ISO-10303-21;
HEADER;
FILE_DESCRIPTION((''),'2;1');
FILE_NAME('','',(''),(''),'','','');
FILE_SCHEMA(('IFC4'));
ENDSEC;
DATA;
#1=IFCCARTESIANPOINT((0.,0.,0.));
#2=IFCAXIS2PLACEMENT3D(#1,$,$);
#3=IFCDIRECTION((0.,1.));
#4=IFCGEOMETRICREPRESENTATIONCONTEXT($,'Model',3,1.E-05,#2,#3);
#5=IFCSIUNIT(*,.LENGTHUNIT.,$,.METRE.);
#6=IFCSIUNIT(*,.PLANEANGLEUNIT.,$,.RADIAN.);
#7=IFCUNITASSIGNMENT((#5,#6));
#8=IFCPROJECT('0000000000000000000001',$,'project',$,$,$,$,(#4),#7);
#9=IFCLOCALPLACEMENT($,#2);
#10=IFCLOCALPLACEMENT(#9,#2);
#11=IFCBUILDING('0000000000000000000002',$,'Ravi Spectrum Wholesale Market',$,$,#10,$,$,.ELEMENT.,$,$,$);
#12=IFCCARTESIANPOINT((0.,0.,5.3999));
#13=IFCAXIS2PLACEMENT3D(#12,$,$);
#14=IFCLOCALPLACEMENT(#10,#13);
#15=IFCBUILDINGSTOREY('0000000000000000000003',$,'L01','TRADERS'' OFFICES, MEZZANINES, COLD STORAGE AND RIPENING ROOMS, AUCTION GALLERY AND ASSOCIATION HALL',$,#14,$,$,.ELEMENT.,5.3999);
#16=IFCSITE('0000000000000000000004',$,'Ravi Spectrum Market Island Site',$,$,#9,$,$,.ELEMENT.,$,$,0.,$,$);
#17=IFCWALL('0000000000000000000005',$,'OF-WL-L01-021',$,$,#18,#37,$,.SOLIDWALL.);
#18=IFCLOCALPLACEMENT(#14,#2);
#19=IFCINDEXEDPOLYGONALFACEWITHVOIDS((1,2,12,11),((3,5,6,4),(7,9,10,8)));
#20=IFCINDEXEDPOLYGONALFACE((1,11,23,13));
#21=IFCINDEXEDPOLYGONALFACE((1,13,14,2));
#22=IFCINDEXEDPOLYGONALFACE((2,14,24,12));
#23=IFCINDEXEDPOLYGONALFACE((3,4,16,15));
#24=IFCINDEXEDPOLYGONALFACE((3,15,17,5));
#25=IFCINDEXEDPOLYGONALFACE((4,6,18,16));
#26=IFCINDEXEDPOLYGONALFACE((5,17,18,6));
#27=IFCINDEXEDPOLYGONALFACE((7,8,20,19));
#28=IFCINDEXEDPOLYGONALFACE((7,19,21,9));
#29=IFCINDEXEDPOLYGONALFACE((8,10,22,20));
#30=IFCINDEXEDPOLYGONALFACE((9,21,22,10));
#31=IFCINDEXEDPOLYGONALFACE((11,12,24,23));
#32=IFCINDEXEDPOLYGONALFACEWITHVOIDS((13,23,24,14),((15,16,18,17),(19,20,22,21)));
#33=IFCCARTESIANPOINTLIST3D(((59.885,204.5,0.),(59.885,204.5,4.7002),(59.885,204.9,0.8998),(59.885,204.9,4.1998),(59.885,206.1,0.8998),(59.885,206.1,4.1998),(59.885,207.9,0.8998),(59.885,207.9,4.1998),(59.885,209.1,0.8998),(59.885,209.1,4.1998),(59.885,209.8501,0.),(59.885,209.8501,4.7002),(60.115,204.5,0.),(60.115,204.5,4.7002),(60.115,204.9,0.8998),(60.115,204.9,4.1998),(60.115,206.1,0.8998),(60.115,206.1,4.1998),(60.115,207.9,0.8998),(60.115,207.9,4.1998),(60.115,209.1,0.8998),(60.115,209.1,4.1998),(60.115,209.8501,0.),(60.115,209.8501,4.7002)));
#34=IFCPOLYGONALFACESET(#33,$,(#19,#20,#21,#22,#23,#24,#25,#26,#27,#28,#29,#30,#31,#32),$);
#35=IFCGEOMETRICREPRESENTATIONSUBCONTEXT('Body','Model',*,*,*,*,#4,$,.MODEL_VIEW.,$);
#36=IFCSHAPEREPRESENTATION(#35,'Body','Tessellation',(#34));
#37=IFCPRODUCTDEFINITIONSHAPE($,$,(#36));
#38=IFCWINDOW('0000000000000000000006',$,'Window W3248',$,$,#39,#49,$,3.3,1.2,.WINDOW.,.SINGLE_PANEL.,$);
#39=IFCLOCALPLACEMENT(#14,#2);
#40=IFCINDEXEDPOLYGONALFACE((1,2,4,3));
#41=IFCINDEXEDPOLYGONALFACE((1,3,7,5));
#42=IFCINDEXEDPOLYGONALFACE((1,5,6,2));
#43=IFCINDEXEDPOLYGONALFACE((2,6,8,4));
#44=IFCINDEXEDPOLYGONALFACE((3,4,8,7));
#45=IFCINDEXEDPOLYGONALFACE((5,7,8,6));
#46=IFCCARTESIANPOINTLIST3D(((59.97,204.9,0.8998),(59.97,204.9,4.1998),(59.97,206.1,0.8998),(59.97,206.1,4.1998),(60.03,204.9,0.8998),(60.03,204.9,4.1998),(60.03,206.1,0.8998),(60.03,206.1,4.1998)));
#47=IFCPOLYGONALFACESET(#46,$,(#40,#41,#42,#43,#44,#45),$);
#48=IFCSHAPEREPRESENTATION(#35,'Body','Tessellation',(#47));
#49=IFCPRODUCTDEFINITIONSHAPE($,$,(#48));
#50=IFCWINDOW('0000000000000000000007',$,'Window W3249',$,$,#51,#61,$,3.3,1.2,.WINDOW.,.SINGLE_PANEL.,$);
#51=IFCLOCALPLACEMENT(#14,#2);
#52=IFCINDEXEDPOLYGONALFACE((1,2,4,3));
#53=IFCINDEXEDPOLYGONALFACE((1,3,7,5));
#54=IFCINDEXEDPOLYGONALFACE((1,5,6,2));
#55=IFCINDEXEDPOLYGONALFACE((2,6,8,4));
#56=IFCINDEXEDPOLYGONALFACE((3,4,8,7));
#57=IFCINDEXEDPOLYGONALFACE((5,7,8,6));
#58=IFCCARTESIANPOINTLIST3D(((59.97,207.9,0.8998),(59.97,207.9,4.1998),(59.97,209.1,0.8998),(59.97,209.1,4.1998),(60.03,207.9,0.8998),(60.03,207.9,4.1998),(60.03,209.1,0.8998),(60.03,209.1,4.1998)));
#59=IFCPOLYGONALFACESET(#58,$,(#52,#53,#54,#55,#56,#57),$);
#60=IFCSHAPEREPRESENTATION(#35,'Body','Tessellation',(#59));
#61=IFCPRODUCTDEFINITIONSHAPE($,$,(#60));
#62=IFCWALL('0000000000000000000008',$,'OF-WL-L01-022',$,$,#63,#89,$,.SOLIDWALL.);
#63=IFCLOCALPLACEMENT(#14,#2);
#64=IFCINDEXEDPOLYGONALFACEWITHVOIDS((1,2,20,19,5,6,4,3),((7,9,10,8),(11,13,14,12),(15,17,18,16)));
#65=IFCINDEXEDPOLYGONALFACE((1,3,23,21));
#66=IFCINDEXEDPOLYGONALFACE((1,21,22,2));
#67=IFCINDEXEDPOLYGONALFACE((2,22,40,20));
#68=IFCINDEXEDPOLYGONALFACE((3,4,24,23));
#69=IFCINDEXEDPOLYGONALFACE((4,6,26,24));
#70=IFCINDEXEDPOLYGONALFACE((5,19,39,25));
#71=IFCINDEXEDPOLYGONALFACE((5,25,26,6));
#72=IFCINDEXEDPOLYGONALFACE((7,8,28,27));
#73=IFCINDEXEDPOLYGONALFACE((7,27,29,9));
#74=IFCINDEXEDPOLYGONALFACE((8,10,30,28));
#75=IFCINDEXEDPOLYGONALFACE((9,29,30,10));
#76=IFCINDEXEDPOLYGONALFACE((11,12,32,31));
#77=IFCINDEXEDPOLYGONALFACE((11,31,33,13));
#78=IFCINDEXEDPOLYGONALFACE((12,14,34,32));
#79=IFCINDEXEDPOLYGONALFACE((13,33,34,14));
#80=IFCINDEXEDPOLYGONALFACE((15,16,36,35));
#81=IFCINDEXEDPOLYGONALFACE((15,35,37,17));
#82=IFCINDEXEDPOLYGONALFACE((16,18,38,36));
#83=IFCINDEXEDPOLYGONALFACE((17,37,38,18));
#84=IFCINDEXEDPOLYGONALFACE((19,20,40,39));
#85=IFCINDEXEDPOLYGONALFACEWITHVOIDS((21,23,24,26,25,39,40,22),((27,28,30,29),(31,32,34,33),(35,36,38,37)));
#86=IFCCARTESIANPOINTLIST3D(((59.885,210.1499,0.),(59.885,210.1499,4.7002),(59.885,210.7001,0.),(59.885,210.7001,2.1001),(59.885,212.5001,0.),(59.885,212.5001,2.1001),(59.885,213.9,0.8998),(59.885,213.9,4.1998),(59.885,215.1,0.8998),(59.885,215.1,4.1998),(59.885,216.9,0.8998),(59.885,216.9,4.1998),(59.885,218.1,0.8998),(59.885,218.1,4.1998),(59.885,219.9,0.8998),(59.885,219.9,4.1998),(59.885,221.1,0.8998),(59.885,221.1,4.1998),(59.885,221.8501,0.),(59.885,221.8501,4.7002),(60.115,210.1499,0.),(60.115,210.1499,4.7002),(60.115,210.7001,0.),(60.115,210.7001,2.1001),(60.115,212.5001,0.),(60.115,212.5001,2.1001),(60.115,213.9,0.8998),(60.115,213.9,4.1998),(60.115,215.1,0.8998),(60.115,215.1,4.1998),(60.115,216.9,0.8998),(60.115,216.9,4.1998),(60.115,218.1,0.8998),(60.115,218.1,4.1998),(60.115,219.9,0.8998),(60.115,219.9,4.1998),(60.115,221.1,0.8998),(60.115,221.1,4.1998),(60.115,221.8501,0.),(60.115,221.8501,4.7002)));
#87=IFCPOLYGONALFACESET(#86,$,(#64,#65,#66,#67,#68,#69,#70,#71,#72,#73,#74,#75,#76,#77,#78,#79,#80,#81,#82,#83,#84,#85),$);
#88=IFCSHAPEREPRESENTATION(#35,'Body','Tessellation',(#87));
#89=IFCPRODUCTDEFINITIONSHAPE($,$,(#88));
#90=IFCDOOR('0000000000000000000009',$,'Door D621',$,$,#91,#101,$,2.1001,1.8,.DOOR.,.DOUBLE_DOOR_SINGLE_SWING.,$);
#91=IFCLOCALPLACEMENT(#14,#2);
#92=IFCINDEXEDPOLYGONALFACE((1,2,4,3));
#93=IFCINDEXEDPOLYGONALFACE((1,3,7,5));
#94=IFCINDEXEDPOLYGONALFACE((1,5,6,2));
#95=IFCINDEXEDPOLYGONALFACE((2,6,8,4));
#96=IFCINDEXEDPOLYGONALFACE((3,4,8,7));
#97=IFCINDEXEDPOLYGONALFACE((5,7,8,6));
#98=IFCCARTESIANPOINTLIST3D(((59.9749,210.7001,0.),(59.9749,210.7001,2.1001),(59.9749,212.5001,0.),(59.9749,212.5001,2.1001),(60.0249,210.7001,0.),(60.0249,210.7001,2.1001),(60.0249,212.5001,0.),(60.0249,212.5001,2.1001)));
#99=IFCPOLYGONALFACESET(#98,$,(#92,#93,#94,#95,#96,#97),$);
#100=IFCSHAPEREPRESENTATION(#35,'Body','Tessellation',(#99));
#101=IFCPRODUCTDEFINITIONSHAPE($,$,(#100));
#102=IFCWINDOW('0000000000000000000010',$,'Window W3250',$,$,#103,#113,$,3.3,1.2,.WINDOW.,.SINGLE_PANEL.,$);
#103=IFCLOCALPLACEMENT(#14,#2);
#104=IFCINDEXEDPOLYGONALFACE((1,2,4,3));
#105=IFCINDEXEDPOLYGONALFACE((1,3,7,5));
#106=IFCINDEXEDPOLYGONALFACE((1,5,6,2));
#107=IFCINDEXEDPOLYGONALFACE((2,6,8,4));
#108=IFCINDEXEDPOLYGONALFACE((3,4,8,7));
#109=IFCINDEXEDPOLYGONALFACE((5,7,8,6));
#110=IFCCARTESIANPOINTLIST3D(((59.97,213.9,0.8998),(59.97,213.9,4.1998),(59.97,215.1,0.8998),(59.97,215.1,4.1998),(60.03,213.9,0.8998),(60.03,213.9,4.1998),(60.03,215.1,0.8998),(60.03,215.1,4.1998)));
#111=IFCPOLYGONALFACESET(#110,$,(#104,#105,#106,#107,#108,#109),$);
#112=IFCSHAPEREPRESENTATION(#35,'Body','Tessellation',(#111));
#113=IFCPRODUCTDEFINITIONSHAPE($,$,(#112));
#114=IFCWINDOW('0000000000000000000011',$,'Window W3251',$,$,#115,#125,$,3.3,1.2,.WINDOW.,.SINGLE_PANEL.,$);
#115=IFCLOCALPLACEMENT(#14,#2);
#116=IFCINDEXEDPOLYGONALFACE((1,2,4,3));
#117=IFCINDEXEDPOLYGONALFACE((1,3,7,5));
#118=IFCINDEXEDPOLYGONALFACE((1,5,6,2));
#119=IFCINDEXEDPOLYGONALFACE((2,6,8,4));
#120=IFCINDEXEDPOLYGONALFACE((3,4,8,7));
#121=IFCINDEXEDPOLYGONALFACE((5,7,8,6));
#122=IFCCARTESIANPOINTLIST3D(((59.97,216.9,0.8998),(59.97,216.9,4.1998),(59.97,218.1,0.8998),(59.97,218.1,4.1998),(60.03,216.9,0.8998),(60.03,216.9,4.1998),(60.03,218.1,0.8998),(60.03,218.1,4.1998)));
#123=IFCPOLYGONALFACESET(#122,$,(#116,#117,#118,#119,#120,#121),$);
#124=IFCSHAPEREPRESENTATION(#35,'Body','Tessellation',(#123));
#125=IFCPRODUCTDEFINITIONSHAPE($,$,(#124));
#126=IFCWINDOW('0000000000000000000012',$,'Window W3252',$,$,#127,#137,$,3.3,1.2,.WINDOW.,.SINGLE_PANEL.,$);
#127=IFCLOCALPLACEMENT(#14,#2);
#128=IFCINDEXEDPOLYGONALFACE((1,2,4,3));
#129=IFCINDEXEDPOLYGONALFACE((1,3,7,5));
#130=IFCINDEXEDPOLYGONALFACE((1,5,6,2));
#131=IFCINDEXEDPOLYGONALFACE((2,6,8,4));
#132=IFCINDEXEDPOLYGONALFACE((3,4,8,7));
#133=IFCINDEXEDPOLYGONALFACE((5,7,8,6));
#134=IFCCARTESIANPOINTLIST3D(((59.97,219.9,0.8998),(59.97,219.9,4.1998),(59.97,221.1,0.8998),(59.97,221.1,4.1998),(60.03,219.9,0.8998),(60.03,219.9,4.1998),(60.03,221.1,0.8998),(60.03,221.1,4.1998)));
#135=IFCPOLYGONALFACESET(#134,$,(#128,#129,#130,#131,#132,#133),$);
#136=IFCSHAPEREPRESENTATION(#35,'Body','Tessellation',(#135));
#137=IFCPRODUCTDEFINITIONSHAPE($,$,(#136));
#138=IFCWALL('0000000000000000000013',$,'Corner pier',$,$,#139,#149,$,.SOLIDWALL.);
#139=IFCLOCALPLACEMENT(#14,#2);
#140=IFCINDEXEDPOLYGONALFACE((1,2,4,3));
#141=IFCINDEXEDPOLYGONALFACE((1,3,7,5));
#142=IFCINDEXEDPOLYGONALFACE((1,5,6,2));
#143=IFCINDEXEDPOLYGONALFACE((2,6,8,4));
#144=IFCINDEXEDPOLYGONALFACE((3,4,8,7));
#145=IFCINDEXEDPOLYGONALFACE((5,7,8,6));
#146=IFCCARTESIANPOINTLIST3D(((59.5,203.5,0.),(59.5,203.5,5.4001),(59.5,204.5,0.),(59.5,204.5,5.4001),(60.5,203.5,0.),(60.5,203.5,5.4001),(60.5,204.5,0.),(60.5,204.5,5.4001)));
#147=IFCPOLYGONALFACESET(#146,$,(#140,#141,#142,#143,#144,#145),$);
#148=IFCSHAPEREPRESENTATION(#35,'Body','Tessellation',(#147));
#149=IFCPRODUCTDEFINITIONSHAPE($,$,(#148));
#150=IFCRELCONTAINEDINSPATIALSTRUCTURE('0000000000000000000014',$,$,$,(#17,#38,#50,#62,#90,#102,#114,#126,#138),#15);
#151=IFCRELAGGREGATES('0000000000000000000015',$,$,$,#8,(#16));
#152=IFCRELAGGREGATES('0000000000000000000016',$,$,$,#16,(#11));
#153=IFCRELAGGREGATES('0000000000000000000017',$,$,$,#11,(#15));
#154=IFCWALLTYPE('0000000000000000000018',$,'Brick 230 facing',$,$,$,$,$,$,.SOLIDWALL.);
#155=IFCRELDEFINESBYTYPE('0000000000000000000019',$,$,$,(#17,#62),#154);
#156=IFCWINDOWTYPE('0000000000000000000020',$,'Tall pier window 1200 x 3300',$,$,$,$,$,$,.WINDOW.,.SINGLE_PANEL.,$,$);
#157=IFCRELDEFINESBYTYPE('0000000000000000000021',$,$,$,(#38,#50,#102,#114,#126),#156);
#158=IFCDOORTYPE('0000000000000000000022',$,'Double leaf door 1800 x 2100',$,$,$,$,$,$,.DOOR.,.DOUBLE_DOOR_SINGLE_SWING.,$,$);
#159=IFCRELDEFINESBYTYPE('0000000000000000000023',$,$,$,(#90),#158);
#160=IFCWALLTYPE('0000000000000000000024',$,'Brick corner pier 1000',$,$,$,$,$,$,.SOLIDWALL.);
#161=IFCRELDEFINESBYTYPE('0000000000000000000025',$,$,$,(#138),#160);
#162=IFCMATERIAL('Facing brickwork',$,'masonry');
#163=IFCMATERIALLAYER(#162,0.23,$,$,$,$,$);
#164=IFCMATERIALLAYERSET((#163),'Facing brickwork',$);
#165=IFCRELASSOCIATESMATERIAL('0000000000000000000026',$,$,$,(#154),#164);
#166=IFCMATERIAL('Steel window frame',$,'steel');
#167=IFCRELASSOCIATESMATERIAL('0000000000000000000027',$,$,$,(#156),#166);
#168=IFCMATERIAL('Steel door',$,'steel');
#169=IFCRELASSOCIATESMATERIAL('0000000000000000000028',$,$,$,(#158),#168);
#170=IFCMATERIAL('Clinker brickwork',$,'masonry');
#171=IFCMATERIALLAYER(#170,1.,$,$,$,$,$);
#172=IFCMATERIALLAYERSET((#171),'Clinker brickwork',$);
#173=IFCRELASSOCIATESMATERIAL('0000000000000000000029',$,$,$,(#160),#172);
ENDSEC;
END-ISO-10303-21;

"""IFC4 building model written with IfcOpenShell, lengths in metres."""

from ifc_helpers import new_model, si_unit, direction, frame, frame_2d, origin, place, context, subcontext, project, spatial, rectangle, extrude, material, layer, layer_set, type_object, element, fill, save


model = new_model("IFC4")

# Units and contexts
model_context = context("Model", 3, precision=1e-05, world=origin(), true_north=direction((0.0, 1.0)))
body_context = subcontext(model_context, "Body", "Model", "MODEL_VIEW")
ifc_project = project(units=[si_unit("LENGTHUNIT", "METRE"), si_unit("PLANEANGLEUNIT", "RADIAN")], contexts=[model_context])

# Site, building, storey
site_placement = place(None, origin())
site = spatial("IfcSite", under=ifc_project, at=site_placement, Name="Ravi Spectrum Market Island Site", CompositionType="ELEMENT", RefElevation=0.0)
building_placement = place(site_placement, origin())
building = spatial("IfcBuilding", under=site, at=building_placement, Name="Ravi Spectrum Wholesale Market", CompositionType="ELEMENT")
storey_placement = place(building_placement, frame((0.0, 0.0, 5.3999)))
storey = spatial("IfcBuildingStorey", under=building, at=storey_placement, Name="L01", Description="TRADERS' OFFICES, MEZZANINES, COLD STORAGE AND RIPENING ROOMS, AUCTION GALLERY AND ASSOCIATION HALL", CompositionType="ELEMENT", Elevation=5.3999)

# Wall, openings, windows
ifc_material_1 = material(Name="Facing brickwork", Category="masonry")
ifc_layer_1 = layer(ifc_material_1, 0.23)
ifc_layer_set_1 = layer_set([ifc_layer_1], Name="Facing brickwork")
wall_type_1 = type_object("IfcWallType", Name="Brick 230 facing", PredefinedType="SOLIDWALL", material=ifc_layer_set_1)
wall_1_placement = place(storey_placement, frame((60.0, 204.5, 0.0), z_axis=(0.0, 0.0, 1.0), x_axis=(0.0, 1.0, 0.0)))
wall_1 = element("IfcWall", 1, at=wall_1_placement, inside=storey, type_object=wall_type_1, Name="OF-WL-L01-021", PredefinedType="SOLIDWALL", context=body_context, shape_type="SweptSolid", body=[
    extrude(rectangle(XDim=5.3501, YDim=0.23, at=frame_2d((2.675, 0.0))), origin(), (0.0, 0.0, 1.0), 4.7002),
])
opening_1_placement = place(wall_1_placement, frame((0.3999, 0.0, 0.8999)))
opening_1 = element("IfcOpeningElement", 2, at=opening_1_placement, cuts=wall_1, PredefinedType="OPENING", context=body_context, shape_type="SweptSolid", body=[
    extrude(rectangle(XDim=1.2, YDim=3.3, at=frame_2d((0.6001, 1.6499))), frame((0.0, 0.125, 0.0), z_axis=(0.0, -1.0, 0.0), x_axis=(1.0, 0.0, 0.0)), (0.0, 0.0, 1.0), 0.25),
])
opening_2_placement = place(wall_1_placement, frame((3.3999, 0.0, 0.8999)))
opening_2 = element("IfcOpeningElement", 3, at=opening_2_placement, cuts=wall_1, PredefinedType="OPENING", context=body_context, shape_type="SweptSolid", body=[
    extrude(rectangle(XDim=1.2, YDim=3.3, at=frame_2d((0.6001, 1.6499))), frame((0.0, 0.125, 0.0), z_axis=(0.0, -1.0, 0.0), x_axis=(1.0, 0.0, 0.0)), (0.0, 0.0, 1.0), 0.25),
])
ifc_material_2 = material(Name="Steel window frame", Category="steel")
window_type = type_object("IfcWindowType", Name="Tall pier window 1200 x 3300", PartitioningType="SINGLE_PANEL", PredefinedType="WINDOW", material=ifc_material_2)
window_1_placement = place(opening_1_placement, origin())
window_1 = element("IfcWindow", 4, at=window_1_placement, inside=storey, type_object=window_type, Name="Window W3248", OverallHeight=3.3, OverallWidth=1.2, PartitioningType="SINGLE_PANEL", PredefinedType="WINDOW", context=body_context, shape_type="SweptSolid", body=[
    extrude(rectangle(XDim=1.2, YDim=3.3, at=frame_2d((0.6001, 1.6499))), frame((0.0, 0.03, 0.0), z_axis=(0.0, -1.0, 0.0), x_axis=(1.0, 0.0, 0.0)), (0.0, 0.0, 1.0), 0.0601),
])
fill(opening_1, window_1)
window_2_placement = place(opening_2_placement, origin())
window_2 = element("IfcWindow", 5, at=window_2_placement, inside=storey, type_object=window_type, Name="Window W3249", OverallHeight=3.3, OverallWidth=1.2, PartitioningType="SINGLE_PANEL", PredefinedType="WINDOW", context=body_context, shape_type="SweptSolid", body=[
    extrude(rectangle(XDim=1.2, YDim=3.3, at=frame_2d((0.6001, 1.6499))), frame((0.0, 0.03, 0.0), z_axis=(0.0, -1.0, 0.0), x_axis=(1.0, 0.0, 0.0)), (0.0, 0.0, 1.0), 0.0601),
])
fill(opening_2, window_2)

# Wall, openings, door, windows
wall_2_placement = place(storey_placement, frame((60.0, 210.1499, 0.0), z_axis=(0.0, 0.0, 1.0), x_axis=(0.0, 1.0, 0.0)))
wall_2 = element("IfcWall", 6, at=wall_2_placement, inside=storey, type_object=wall_type_1, Name="OF-WL-L01-022", PredefinedType="SOLIDWALL", context=body_context, shape_type="SweptSolid", body=[
    extrude(rectangle(XDim=11.7002, YDim=0.23, at=frame_2d((5.8501, 0.0))), origin(), (0.0, 0.0, 1.0), 4.7002),
])
opening_3_placement = place(wall_2_placement, frame((2.3501, 0.0, 0.0), z_axis=(0.0, 0.0, 1.0), x_axis=(-1.0, 0.0, 0.0)))
opening_3 = element("IfcOpeningElement", 7, at=opening_3_placement, cuts=wall_2, PredefinedType="OPENING", context=body_context, shape_type="SweptSolid", body=[
    extrude(rectangle(XDim=1.8, YDim=2.1001, at=frame_2d((0.8999, 1.05))), frame((0.0, 0.125, 0.0), z_axis=(0.0, -1.0, 0.0), x_axis=(1.0, 0.0, 0.0)), (0.0, 0.0, 1.0), 0.25),
])
opening_4_placement = place(wall_2_placement, frame((3.75, 0.0, 0.8999)))
opening_4 = element("IfcOpeningElement", 8, at=opening_4_placement, cuts=wall_2, PredefinedType="OPENING", context=body_context, shape_type="SweptSolid", body=[
    extrude(rectangle(XDim=1.2, YDim=3.3, at=frame_2d((0.6001, 1.6499))), frame((0.0, 0.125, 0.0), z_axis=(0.0, -1.0, 0.0), x_axis=(1.0, 0.0, 0.0)), (0.0, 0.0, 1.0), 0.25),
])
opening_5_placement = place(wall_2_placement, frame((6.75, 0.0, 0.8999)))
opening_5 = element("IfcOpeningElement", 9, at=opening_5_placement, cuts=wall_2, PredefinedType="OPENING", context=body_context, shape_type="SweptSolid", body=[
    extrude(rectangle(XDim=1.2, YDim=3.3, at=frame_2d((0.6001, 1.6499))), frame((0.0, 0.125, 0.0), z_axis=(0.0, -1.0, 0.0), x_axis=(1.0, 0.0, 0.0)), (0.0, 0.0, 1.0), 0.25),
])
opening_6_placement = place(wall_2_placement, frame((9.75, 0.0, 0.8999)))
opening_6 = element("IfcOpeningElement", 10, at=opening_6_placement, cuts=wall_2, PredefinedType="OPENING", context=body_context, shape_type="SweptSolid", body=[
    extrude(rectangle(XDim=1.2, YDim=3.3, at=frame_2d((0.6001, 1.6499))), frame((0.0, 0.125, 0.0), z_axis=(0.0, -1.0, 0.0), x_axis=(1.0, 0.0, 0.0)), (0.0, 0.0, 1.0), 0.25),
])
ifc_material_3 = material(Name="Steel door", Category="steel")
door_type = type_object("IfcDoorType", Name="Double leaf door 1800 x 2100", OperationType="DOUBLE_DOOR_SINGLE_SWING", PredefinedType="DOOR", material=ifc_material_3)
door_placement = place(opening_3_placement, origin())
door = element("IfcDoor", 11, at=door_placement, inside=storey, type_object=door_type, Name="Door D621", OperationType="DOUBLE_DOOR_SINGLE_SWING", OverallHeight=2.1001, OverallWidth=1.8, PredefinedType="DOOR", context=body_context, shape_type="SweptSolid", body=[
    extrude(rectangle(XDim=1.8, YDim=2.1001, at=frame_2d((0.8999, 1.05))), frame((0.0, 0.0249, 0.0), z_axis=(0.0, -1.0, 0.0), x_axis=(1.0, 0.0, 0.0)), (0.0, 0.0, 1.0), 0.05),
])
fill(opening_3, door)
window_3_placement = place(opening_4_placement, origin())
window_3 = element("IfcWindow", 12, at=window_3_placement, inside=storey, type_object=window_type, Name="Window W3250", OverallHeight=3.3, OverallWidth=1.2, PartitioningType="SINGLE_PANEL", PredefinedType="WINDOW", context=body_context, shape_type="SweptSolid", body=[
    extrude(rectangle(XDim=1.2, YDim=3.3, at=frame_2d((0.6001, 1.6499))), frame((0.0, 0.03, 0.0), z_axis=(0.0, -1.0, 0.0), x_axis=(1.0, 0.0, 0.0)), (0.0, 0.0, 1.0), 0.0601),
])
fill(opening_4, window_3)
window_4_placement = place(opening_5_placement, origin())
window_4 = element("IfcWindow", 13, at=window_4_placement, inside=storey, type_object=window_type, Name="Window W3251", OverallHeight=3.3, OverallWidth=1.2, PartitioningType="SINGLE_PANEL", PredefinedType="WINDOW", context=body_context, shape_type="SweptSolid", body=[
    extrude(rectangle(XDim=1.2, YDim=3.3, at=frame_2d((0.6001, 1.6499))), frame((0.0, 0.03, 0.0), z_axis=(0.0, -1.0, 0.0), x_axis=(1.0, 0.0, 0.0)), (0.0, 0.0, 1.0), 0.0601),
])
fill(opening_5, window_4)
window_5_placement = place(opening_6_placement, origin())
window_5 = element("IfcWindow", 14, at=window_5_placement, inside=storey, type_object=window_type, Name="Window W3252", OverallHeight=3.3, OverallWidth=1.2, PartitioningType="SINGLE_PANEL", PredefinedType="WINDOW", context=body_context, shape_type="SweptSolid", body=[
    extrude(rectangle(XDim=1.2, YDim=3.3, at=frame_2d((0.6001, 1.6499))), frame((0.0, 0.03, 0.0), z_axis=(0.0, -1.0, 0.0), x_axis=(1.0, 0.0, 0.0)), (0.0, 0.0, 1.0), 0.0601),
])
fill(opening_6, window_5)

# Wall
ifc_material_4 = material(Name="Clinker brickwork", Category="masonry")
ifc_layer_2 = layer(ifc_material_4, 1.0)
ifc_layer_set_2 = layer_set([ifc_layer_2], Name="Clinker brickwork")
wall_type_2 = type_object("IfcWallType", Name="Brick corner pier 1000", PredefinedType="SOLIDWALL", material=ifc_layer_set_2)
wall_3_placement = place(storey_placement, frame((59.5, 204.0, 0.0), z_axis=(0.0, 0.0, 1.0), x_axis=(1.0, 0.0, 0.0)))
element("IfcWall", 15, at=wall_3_placement, inside=storey, type_object=wall_type_2, Name="Corner pier", PredefinedType="SOLIDWALL", context=body_context, shape_type="SweptSolid", body=[
    extrude(rectangle(XDim=1.0, YDim=1.0, at=frame_2d((0.5, 0.0))), origin(), (0.0, 0.0, 1.0), 5.4001),
])

save(model, "model.ifc")
